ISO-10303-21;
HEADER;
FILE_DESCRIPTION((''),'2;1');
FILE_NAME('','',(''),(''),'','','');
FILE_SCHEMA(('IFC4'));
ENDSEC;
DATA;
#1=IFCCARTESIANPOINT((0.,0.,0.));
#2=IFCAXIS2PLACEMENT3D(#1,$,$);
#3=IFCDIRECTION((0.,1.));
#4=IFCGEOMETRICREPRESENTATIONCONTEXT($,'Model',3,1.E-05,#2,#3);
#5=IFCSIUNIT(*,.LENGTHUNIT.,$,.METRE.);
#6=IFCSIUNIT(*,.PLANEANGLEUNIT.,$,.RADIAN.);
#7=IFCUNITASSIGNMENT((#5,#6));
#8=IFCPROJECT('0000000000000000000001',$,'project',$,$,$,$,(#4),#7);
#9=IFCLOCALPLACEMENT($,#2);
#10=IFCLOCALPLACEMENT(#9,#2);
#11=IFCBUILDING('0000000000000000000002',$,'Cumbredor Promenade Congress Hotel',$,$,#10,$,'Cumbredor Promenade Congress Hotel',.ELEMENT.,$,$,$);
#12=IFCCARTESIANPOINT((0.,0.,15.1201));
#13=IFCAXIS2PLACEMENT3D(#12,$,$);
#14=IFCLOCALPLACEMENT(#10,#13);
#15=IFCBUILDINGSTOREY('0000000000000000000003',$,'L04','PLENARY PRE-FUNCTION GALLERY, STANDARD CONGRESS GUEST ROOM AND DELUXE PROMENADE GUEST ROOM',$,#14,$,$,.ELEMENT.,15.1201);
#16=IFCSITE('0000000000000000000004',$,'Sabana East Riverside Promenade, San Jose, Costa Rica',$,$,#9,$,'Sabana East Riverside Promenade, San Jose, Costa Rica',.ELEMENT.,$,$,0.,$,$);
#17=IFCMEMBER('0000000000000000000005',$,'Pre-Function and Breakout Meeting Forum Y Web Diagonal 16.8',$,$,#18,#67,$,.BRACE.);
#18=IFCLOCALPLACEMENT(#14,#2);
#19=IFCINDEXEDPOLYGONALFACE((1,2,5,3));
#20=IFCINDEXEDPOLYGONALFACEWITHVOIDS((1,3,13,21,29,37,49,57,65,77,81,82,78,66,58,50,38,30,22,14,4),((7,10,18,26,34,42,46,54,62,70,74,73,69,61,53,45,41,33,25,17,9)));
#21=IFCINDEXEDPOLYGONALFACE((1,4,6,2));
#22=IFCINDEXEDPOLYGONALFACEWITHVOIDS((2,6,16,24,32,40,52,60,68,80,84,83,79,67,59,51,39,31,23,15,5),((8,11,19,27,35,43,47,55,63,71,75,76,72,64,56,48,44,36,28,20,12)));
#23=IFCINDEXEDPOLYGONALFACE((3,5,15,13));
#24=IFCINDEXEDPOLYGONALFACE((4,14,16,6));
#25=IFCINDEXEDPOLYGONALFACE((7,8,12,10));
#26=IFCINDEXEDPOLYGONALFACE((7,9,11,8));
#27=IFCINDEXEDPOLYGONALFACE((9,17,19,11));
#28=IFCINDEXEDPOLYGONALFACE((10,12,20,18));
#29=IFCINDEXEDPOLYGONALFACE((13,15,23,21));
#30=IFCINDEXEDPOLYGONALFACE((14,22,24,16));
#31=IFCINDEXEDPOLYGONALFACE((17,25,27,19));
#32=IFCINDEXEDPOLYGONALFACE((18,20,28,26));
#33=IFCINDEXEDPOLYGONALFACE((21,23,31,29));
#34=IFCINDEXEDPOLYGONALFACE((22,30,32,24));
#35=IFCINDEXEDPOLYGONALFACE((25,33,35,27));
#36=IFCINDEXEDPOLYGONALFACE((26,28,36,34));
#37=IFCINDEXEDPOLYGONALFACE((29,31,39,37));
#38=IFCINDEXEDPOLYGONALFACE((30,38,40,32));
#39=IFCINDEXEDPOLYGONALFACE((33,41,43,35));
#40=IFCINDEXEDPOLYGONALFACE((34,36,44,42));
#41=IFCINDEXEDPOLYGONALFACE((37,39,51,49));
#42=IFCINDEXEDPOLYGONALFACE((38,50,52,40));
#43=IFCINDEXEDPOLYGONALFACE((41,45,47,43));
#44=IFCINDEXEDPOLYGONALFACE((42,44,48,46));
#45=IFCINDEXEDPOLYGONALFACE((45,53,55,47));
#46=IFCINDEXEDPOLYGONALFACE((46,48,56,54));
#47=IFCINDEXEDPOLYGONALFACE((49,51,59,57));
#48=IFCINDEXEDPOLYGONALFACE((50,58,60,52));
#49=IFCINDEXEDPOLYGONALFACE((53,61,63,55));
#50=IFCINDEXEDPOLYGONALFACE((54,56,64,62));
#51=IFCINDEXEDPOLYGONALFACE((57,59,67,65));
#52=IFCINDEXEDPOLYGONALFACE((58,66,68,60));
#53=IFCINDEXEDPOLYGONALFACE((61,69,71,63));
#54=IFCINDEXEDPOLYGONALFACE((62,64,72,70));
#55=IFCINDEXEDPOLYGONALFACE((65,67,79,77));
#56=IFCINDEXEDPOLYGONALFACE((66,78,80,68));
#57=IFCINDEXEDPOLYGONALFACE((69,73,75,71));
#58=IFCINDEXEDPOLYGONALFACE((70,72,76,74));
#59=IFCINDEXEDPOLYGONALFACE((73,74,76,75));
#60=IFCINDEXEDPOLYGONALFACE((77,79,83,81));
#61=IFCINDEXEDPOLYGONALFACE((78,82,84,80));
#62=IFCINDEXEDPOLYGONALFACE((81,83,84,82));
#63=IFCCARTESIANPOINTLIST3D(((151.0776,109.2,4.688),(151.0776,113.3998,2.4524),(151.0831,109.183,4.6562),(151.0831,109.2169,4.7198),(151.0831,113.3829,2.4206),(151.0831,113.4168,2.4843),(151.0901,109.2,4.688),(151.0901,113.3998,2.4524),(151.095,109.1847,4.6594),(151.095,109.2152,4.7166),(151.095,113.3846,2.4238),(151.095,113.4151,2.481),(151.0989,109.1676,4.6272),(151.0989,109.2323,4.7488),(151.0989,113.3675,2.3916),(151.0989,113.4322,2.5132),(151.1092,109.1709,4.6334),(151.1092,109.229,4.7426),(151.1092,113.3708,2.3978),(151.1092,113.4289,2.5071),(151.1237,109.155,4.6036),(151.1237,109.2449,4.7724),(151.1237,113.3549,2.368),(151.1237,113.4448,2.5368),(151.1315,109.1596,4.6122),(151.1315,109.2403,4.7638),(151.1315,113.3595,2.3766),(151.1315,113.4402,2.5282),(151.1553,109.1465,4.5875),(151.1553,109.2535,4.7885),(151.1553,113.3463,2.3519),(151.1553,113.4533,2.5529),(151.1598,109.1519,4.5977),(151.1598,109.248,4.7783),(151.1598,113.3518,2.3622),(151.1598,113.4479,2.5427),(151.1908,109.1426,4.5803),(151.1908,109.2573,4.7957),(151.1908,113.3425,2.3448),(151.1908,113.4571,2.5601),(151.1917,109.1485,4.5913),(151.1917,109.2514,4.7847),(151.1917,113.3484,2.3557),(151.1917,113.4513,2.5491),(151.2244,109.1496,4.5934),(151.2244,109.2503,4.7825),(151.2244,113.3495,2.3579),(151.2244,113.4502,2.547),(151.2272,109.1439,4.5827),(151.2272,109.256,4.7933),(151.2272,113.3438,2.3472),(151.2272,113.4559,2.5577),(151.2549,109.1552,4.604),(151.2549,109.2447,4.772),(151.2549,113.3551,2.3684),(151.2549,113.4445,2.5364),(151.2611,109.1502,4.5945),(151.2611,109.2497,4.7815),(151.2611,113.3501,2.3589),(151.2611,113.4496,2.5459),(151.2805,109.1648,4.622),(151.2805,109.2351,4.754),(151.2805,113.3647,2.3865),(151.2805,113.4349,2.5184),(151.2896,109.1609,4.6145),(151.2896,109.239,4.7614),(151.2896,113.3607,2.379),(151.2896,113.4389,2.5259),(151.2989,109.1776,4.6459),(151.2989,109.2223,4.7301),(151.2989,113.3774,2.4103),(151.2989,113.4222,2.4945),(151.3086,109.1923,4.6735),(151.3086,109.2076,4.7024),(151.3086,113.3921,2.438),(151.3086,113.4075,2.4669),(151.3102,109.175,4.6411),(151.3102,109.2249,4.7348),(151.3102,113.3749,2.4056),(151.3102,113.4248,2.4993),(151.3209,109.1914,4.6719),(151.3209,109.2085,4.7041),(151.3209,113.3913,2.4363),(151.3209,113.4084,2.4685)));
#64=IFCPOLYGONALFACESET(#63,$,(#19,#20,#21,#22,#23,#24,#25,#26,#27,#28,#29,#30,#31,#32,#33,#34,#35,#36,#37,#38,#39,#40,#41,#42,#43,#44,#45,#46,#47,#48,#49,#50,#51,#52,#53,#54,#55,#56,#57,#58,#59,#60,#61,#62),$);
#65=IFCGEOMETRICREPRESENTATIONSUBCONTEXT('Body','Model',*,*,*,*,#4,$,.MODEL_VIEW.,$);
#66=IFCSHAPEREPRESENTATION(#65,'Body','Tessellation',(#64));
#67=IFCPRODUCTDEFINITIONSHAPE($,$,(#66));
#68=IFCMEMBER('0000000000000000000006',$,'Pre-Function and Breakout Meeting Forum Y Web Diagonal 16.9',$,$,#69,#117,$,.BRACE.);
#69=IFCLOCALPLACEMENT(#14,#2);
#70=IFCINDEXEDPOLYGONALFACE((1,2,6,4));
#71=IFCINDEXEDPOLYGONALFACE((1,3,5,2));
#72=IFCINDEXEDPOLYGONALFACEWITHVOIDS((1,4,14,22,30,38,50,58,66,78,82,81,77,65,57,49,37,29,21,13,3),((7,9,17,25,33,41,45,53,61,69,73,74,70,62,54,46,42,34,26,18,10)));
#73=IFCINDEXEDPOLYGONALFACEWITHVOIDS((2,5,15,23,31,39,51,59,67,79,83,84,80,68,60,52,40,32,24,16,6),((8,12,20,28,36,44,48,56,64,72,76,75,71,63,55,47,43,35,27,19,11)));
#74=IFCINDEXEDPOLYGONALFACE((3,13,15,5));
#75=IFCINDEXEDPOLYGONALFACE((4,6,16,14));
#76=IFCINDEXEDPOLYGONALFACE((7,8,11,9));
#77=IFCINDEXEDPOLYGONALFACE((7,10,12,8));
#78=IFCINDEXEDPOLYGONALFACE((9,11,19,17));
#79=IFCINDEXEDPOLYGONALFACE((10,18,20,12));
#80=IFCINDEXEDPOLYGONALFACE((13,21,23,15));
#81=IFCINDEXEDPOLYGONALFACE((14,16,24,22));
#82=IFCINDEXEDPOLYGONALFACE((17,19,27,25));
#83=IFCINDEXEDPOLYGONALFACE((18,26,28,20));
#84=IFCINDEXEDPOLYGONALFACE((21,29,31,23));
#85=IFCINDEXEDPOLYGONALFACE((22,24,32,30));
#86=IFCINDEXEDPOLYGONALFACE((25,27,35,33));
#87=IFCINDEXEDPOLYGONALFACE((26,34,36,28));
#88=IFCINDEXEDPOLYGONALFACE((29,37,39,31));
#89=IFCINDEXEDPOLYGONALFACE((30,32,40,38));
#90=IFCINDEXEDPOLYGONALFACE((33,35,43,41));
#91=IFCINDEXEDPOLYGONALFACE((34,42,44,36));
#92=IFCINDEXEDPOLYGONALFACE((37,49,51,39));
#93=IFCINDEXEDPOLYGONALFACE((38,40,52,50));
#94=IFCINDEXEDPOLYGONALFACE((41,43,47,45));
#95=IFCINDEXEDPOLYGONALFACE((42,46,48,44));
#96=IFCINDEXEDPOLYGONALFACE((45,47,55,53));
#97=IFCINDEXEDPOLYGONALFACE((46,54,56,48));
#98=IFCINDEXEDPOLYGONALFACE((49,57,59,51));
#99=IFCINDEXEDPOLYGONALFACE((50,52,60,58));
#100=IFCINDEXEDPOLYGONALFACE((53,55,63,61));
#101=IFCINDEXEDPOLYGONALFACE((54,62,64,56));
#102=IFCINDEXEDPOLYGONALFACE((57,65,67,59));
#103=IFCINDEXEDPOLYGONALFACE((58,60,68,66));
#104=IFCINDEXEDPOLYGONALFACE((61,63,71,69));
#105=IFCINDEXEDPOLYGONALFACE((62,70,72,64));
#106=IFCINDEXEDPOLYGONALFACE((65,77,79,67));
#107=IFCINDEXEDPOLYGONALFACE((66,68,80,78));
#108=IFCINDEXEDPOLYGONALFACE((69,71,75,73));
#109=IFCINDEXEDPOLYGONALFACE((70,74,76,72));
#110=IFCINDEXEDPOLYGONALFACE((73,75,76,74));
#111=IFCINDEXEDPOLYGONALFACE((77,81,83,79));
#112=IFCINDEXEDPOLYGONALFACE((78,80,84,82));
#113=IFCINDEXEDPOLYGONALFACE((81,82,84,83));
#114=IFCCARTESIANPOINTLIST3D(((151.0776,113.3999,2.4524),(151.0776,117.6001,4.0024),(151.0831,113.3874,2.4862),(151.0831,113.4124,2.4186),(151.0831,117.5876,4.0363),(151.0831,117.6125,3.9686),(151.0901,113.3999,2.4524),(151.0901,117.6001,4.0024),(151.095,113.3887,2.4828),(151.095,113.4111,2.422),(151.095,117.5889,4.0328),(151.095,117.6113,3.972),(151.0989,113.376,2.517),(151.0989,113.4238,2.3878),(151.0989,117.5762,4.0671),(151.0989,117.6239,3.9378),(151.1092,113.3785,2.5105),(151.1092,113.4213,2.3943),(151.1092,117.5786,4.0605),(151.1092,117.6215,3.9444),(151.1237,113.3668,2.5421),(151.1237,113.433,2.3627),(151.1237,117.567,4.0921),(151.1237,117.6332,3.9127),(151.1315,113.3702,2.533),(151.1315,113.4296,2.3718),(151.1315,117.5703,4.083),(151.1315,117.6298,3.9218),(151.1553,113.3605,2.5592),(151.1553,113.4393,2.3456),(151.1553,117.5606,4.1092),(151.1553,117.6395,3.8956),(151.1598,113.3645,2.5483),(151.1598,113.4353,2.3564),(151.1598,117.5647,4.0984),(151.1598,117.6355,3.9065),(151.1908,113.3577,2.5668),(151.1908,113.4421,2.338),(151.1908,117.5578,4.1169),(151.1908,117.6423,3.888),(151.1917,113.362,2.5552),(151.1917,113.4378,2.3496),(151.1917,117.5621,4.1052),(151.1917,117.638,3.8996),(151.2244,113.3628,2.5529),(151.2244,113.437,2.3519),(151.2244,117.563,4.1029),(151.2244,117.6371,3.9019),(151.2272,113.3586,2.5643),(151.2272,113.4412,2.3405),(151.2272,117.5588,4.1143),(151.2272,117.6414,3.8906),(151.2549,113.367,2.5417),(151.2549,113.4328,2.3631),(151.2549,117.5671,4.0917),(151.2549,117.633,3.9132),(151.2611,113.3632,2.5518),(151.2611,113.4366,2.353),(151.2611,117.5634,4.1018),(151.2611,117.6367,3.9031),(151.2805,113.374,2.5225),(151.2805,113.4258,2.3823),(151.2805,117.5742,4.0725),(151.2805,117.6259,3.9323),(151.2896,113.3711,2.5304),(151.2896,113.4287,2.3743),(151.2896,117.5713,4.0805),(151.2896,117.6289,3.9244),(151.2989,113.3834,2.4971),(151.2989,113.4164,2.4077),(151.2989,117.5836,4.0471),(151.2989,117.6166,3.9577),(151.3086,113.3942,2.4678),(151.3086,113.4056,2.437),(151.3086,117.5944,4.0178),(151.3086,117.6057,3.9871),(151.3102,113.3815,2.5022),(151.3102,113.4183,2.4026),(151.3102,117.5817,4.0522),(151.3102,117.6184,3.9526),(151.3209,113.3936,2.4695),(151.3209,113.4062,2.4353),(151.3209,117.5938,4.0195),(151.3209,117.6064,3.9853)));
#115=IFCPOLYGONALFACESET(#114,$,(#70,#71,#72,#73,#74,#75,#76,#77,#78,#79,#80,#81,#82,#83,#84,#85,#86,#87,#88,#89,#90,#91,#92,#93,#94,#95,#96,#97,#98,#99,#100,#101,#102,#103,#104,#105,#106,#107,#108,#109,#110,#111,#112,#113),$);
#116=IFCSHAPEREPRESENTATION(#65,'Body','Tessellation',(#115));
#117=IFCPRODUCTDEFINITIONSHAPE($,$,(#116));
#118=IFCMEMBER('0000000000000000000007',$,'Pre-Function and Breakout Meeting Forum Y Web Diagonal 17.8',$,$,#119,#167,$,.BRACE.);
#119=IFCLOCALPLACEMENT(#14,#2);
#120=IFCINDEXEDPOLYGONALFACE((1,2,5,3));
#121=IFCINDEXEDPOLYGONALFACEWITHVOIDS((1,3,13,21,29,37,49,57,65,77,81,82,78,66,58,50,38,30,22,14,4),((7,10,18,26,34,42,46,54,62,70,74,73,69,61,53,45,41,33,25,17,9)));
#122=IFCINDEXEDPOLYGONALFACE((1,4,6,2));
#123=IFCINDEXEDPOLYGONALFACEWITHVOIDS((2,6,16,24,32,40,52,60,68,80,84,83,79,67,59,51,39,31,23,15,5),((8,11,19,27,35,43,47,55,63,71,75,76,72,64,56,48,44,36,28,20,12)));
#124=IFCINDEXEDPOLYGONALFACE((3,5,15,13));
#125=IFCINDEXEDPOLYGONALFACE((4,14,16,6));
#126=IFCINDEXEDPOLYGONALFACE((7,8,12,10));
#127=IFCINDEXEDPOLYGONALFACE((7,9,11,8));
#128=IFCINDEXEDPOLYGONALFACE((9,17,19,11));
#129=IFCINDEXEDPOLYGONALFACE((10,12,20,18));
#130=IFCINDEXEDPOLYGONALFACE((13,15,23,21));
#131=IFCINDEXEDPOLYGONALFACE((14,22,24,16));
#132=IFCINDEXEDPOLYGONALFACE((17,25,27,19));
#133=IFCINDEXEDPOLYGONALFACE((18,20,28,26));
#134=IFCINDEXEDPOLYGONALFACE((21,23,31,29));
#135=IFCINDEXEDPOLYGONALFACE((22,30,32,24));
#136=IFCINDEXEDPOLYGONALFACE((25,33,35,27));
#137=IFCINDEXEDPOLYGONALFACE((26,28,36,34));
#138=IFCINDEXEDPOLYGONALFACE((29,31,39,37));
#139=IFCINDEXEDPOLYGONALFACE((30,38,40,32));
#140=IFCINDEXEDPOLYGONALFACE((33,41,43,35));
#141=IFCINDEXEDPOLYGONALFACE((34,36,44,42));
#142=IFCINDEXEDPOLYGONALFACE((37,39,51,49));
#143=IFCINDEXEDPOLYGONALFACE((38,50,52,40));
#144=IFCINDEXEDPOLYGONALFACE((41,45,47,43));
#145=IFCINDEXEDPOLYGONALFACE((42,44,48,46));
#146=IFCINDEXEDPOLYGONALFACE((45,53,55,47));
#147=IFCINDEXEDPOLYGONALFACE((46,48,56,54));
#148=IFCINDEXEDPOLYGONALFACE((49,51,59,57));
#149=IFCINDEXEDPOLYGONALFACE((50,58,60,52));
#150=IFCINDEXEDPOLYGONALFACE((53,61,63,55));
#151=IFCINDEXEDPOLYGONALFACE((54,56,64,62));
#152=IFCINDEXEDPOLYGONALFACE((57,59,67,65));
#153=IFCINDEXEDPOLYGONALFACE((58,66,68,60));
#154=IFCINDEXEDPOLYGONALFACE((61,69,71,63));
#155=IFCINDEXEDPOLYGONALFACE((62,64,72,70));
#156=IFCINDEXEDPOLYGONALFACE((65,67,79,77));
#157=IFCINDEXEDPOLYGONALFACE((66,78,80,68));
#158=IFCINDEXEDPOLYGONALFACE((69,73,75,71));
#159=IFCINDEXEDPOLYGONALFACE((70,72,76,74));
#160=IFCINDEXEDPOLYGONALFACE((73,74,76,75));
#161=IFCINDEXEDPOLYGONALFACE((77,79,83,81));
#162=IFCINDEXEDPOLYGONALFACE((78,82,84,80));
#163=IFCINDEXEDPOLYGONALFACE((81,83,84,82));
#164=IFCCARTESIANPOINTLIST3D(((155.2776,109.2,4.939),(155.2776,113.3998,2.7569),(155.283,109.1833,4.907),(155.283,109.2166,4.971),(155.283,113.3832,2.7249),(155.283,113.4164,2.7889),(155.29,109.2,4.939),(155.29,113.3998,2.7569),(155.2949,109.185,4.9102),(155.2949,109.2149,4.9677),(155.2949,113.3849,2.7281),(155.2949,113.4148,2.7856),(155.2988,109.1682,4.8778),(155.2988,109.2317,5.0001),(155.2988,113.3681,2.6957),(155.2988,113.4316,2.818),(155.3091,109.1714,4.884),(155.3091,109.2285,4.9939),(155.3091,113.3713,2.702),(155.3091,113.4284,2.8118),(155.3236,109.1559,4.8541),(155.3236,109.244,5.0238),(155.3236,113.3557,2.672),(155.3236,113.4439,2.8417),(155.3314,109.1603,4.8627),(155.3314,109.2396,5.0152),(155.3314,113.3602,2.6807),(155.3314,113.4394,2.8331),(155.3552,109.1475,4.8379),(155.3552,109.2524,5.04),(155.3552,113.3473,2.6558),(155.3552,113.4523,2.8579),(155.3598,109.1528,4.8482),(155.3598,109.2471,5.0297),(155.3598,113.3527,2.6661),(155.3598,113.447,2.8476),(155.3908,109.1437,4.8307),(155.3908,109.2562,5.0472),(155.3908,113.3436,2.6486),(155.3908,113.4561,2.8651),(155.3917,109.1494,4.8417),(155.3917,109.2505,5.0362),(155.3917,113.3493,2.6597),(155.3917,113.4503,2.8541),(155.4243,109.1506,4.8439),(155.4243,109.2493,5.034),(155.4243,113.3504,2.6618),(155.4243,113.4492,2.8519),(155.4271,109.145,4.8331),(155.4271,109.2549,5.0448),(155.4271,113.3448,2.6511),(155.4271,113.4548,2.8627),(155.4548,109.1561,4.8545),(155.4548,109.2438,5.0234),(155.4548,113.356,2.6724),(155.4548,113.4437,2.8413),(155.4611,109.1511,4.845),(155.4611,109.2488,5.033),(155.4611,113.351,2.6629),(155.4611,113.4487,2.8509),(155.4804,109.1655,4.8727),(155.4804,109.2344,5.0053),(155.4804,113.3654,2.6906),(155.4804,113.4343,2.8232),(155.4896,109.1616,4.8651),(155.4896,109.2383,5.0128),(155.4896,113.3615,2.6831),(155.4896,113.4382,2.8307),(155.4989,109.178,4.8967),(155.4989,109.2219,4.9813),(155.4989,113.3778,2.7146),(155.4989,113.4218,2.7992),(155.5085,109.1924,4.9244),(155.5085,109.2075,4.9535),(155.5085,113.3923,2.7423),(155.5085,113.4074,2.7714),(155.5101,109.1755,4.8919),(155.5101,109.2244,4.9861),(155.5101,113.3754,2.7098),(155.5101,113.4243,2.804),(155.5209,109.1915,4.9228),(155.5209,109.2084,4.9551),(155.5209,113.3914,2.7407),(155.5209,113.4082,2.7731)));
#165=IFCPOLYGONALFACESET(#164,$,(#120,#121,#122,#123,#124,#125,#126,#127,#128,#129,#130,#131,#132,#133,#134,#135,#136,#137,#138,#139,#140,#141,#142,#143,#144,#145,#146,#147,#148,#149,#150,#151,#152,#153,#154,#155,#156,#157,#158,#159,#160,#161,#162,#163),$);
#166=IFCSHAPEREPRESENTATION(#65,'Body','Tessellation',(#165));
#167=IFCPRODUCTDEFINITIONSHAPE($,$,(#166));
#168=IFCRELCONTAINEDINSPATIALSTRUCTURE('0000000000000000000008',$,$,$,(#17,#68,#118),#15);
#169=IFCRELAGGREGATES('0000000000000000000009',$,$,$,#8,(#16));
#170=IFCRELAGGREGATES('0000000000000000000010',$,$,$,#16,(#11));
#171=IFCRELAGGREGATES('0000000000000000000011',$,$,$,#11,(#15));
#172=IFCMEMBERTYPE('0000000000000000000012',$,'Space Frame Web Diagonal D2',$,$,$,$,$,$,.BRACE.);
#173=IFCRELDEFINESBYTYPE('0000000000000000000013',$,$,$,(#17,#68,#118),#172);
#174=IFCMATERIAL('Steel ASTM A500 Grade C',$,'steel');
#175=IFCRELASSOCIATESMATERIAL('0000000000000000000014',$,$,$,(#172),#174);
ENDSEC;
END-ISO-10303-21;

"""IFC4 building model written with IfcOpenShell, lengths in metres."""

from ifc_helpers import new_model, si_unit, direction, frame, origin, origin_2d, place, context, subcontext, project, spatial, hollow_circle, extrude, material, material_profile, profile_set, type_object, element, save


model = new_model("IFC4")

# Units and contexts
model_context = context("Model", 3, precision=1e-05, world=origin(), true_north=direction((0.0, 1.0)))
body_context = subcontext(model_context, "Body", "Model", "MODEL_VIEW")
ifc_project = project(units=[si_unit("LENGTHUNIT", "METRE"), si_unit("PLANEANGLEUNIT", "RADIAN")], contexts=[model_context])

# Site, building, storey
site_placement = place(None, origin())
site = spatial("IfcSite", under=ifc_project, at=site_placement, Name="Sabana East Riverside Promenade, San Jose, Costa Rica", LongName="Sabana East Riverside Promenade, San Jose, Costa Rica", CompositionType="ELEMENT", RefElevation=0.0)
building_placement = place(site_placement, origin())
building = spatial("IfcBuilding", under=site, at=building_placement, Name="Cumbredor Promenade Congress Hotel", LongName="Cumbredor Promenade Congress Hotel", CompositionType="ELEMENT")
storey_placement = place(building_placement, frame((0.0, 0.0, 15.1201)))
storey = spatial("IfcBuildingStorey", under=building, at=storey_placement, Name="L04", Description="PLENARY PRE-FUNCTION GALLERY, STANDARD CONGRESS GUEST ROOM AND DELUXE PROMENADE GUEST ROOM", CompositionType="ELEMENT", Elevation=15.1201)

# Members
ifc_material_1 = material(Name="Steel ASTM A500 Grade C", Category="steel")
ifc_material_profile_1 = material_profile(ifc_material_1, hollow_circle(Radius=0.1223, WallThickness=0.0125, at=origin_2d()), Name="CHS 244.5x12.5")
ifc_profile_set_1 = profile_set([ifc_material_profile_1], Name="Steel ASTM A500 Grade C")
member_type_1 = type_object("IfcMemberType", Name="Space Frame Web Diagonal D2", PredefinedType="BRACE", material=ifc_profile_set_1)
member_1_placement = place(storey_placement, frame((151.2, 109.2, 4.688), z_axis=(0.0, 0.882735, -0.469872), x_axis=(-1.0, 0.0, 0.0)))
element("IfcMember", 1, at=member_1_placement, inside=storey, type_object=member_type_1, Name="Pre-Function and Breakout Meeting Forum Y Web Diagonal 16.8", PredefinedType="BRACE", context=body_context, shape_type="SweptSolid", body=[
    extrude(hollow_circle(Radius=0.1223, WallThickness=0.0125, at=origin_2d()), origin(), (0.0, 0.0, 1.0), 4.7578),
])
member_2_placement = place(storey_placement, frame((151.2, 113.3999, 2.4524), z_axis=(0.0, 0.938154, 0.346218), x_axis=(-1.0, 0.0, 0.0)))
element("IfcMember", 2, at=member_2_placement, inside=storey, type_object=member_type_1, Name="Pre-Function and Breakout Meeting Forum Y Web Diagonal 16.9", PredefinedType="BRACE", context=body_context, shape_type="SweptSolid", body=[
    extrude(hollow_circle(Radius=0.1223, WallThickness=0.0125, at=origin_2d()), origin(), (0.0, 0.0, 1.0), 4.4771),
])
member_3_placement = place(storey_placement, frame((155.3999, 109.2, 4.939), z_axis=(0.0, 0.887376, -0.461046), x_axis=(-1.0, 0.0, 0.0)))
element("IfcMember", 3, at=member_3_placement, inside=storey, type_object=member_type_1, Name="Pre-Function and Breakout Meeting Forum Y Web Diagonal 17.8", PredefinedType="BRACE", context=body_context, shape_type="SweptSolid", body=[
    extrude(hollow_circle(Radius=0.1223, WallThickness=0.0125, at=origin_2d()), origin(), (0.0, 0.0, 1.0), 4.7329),
])

save(model, "model.ifc")
